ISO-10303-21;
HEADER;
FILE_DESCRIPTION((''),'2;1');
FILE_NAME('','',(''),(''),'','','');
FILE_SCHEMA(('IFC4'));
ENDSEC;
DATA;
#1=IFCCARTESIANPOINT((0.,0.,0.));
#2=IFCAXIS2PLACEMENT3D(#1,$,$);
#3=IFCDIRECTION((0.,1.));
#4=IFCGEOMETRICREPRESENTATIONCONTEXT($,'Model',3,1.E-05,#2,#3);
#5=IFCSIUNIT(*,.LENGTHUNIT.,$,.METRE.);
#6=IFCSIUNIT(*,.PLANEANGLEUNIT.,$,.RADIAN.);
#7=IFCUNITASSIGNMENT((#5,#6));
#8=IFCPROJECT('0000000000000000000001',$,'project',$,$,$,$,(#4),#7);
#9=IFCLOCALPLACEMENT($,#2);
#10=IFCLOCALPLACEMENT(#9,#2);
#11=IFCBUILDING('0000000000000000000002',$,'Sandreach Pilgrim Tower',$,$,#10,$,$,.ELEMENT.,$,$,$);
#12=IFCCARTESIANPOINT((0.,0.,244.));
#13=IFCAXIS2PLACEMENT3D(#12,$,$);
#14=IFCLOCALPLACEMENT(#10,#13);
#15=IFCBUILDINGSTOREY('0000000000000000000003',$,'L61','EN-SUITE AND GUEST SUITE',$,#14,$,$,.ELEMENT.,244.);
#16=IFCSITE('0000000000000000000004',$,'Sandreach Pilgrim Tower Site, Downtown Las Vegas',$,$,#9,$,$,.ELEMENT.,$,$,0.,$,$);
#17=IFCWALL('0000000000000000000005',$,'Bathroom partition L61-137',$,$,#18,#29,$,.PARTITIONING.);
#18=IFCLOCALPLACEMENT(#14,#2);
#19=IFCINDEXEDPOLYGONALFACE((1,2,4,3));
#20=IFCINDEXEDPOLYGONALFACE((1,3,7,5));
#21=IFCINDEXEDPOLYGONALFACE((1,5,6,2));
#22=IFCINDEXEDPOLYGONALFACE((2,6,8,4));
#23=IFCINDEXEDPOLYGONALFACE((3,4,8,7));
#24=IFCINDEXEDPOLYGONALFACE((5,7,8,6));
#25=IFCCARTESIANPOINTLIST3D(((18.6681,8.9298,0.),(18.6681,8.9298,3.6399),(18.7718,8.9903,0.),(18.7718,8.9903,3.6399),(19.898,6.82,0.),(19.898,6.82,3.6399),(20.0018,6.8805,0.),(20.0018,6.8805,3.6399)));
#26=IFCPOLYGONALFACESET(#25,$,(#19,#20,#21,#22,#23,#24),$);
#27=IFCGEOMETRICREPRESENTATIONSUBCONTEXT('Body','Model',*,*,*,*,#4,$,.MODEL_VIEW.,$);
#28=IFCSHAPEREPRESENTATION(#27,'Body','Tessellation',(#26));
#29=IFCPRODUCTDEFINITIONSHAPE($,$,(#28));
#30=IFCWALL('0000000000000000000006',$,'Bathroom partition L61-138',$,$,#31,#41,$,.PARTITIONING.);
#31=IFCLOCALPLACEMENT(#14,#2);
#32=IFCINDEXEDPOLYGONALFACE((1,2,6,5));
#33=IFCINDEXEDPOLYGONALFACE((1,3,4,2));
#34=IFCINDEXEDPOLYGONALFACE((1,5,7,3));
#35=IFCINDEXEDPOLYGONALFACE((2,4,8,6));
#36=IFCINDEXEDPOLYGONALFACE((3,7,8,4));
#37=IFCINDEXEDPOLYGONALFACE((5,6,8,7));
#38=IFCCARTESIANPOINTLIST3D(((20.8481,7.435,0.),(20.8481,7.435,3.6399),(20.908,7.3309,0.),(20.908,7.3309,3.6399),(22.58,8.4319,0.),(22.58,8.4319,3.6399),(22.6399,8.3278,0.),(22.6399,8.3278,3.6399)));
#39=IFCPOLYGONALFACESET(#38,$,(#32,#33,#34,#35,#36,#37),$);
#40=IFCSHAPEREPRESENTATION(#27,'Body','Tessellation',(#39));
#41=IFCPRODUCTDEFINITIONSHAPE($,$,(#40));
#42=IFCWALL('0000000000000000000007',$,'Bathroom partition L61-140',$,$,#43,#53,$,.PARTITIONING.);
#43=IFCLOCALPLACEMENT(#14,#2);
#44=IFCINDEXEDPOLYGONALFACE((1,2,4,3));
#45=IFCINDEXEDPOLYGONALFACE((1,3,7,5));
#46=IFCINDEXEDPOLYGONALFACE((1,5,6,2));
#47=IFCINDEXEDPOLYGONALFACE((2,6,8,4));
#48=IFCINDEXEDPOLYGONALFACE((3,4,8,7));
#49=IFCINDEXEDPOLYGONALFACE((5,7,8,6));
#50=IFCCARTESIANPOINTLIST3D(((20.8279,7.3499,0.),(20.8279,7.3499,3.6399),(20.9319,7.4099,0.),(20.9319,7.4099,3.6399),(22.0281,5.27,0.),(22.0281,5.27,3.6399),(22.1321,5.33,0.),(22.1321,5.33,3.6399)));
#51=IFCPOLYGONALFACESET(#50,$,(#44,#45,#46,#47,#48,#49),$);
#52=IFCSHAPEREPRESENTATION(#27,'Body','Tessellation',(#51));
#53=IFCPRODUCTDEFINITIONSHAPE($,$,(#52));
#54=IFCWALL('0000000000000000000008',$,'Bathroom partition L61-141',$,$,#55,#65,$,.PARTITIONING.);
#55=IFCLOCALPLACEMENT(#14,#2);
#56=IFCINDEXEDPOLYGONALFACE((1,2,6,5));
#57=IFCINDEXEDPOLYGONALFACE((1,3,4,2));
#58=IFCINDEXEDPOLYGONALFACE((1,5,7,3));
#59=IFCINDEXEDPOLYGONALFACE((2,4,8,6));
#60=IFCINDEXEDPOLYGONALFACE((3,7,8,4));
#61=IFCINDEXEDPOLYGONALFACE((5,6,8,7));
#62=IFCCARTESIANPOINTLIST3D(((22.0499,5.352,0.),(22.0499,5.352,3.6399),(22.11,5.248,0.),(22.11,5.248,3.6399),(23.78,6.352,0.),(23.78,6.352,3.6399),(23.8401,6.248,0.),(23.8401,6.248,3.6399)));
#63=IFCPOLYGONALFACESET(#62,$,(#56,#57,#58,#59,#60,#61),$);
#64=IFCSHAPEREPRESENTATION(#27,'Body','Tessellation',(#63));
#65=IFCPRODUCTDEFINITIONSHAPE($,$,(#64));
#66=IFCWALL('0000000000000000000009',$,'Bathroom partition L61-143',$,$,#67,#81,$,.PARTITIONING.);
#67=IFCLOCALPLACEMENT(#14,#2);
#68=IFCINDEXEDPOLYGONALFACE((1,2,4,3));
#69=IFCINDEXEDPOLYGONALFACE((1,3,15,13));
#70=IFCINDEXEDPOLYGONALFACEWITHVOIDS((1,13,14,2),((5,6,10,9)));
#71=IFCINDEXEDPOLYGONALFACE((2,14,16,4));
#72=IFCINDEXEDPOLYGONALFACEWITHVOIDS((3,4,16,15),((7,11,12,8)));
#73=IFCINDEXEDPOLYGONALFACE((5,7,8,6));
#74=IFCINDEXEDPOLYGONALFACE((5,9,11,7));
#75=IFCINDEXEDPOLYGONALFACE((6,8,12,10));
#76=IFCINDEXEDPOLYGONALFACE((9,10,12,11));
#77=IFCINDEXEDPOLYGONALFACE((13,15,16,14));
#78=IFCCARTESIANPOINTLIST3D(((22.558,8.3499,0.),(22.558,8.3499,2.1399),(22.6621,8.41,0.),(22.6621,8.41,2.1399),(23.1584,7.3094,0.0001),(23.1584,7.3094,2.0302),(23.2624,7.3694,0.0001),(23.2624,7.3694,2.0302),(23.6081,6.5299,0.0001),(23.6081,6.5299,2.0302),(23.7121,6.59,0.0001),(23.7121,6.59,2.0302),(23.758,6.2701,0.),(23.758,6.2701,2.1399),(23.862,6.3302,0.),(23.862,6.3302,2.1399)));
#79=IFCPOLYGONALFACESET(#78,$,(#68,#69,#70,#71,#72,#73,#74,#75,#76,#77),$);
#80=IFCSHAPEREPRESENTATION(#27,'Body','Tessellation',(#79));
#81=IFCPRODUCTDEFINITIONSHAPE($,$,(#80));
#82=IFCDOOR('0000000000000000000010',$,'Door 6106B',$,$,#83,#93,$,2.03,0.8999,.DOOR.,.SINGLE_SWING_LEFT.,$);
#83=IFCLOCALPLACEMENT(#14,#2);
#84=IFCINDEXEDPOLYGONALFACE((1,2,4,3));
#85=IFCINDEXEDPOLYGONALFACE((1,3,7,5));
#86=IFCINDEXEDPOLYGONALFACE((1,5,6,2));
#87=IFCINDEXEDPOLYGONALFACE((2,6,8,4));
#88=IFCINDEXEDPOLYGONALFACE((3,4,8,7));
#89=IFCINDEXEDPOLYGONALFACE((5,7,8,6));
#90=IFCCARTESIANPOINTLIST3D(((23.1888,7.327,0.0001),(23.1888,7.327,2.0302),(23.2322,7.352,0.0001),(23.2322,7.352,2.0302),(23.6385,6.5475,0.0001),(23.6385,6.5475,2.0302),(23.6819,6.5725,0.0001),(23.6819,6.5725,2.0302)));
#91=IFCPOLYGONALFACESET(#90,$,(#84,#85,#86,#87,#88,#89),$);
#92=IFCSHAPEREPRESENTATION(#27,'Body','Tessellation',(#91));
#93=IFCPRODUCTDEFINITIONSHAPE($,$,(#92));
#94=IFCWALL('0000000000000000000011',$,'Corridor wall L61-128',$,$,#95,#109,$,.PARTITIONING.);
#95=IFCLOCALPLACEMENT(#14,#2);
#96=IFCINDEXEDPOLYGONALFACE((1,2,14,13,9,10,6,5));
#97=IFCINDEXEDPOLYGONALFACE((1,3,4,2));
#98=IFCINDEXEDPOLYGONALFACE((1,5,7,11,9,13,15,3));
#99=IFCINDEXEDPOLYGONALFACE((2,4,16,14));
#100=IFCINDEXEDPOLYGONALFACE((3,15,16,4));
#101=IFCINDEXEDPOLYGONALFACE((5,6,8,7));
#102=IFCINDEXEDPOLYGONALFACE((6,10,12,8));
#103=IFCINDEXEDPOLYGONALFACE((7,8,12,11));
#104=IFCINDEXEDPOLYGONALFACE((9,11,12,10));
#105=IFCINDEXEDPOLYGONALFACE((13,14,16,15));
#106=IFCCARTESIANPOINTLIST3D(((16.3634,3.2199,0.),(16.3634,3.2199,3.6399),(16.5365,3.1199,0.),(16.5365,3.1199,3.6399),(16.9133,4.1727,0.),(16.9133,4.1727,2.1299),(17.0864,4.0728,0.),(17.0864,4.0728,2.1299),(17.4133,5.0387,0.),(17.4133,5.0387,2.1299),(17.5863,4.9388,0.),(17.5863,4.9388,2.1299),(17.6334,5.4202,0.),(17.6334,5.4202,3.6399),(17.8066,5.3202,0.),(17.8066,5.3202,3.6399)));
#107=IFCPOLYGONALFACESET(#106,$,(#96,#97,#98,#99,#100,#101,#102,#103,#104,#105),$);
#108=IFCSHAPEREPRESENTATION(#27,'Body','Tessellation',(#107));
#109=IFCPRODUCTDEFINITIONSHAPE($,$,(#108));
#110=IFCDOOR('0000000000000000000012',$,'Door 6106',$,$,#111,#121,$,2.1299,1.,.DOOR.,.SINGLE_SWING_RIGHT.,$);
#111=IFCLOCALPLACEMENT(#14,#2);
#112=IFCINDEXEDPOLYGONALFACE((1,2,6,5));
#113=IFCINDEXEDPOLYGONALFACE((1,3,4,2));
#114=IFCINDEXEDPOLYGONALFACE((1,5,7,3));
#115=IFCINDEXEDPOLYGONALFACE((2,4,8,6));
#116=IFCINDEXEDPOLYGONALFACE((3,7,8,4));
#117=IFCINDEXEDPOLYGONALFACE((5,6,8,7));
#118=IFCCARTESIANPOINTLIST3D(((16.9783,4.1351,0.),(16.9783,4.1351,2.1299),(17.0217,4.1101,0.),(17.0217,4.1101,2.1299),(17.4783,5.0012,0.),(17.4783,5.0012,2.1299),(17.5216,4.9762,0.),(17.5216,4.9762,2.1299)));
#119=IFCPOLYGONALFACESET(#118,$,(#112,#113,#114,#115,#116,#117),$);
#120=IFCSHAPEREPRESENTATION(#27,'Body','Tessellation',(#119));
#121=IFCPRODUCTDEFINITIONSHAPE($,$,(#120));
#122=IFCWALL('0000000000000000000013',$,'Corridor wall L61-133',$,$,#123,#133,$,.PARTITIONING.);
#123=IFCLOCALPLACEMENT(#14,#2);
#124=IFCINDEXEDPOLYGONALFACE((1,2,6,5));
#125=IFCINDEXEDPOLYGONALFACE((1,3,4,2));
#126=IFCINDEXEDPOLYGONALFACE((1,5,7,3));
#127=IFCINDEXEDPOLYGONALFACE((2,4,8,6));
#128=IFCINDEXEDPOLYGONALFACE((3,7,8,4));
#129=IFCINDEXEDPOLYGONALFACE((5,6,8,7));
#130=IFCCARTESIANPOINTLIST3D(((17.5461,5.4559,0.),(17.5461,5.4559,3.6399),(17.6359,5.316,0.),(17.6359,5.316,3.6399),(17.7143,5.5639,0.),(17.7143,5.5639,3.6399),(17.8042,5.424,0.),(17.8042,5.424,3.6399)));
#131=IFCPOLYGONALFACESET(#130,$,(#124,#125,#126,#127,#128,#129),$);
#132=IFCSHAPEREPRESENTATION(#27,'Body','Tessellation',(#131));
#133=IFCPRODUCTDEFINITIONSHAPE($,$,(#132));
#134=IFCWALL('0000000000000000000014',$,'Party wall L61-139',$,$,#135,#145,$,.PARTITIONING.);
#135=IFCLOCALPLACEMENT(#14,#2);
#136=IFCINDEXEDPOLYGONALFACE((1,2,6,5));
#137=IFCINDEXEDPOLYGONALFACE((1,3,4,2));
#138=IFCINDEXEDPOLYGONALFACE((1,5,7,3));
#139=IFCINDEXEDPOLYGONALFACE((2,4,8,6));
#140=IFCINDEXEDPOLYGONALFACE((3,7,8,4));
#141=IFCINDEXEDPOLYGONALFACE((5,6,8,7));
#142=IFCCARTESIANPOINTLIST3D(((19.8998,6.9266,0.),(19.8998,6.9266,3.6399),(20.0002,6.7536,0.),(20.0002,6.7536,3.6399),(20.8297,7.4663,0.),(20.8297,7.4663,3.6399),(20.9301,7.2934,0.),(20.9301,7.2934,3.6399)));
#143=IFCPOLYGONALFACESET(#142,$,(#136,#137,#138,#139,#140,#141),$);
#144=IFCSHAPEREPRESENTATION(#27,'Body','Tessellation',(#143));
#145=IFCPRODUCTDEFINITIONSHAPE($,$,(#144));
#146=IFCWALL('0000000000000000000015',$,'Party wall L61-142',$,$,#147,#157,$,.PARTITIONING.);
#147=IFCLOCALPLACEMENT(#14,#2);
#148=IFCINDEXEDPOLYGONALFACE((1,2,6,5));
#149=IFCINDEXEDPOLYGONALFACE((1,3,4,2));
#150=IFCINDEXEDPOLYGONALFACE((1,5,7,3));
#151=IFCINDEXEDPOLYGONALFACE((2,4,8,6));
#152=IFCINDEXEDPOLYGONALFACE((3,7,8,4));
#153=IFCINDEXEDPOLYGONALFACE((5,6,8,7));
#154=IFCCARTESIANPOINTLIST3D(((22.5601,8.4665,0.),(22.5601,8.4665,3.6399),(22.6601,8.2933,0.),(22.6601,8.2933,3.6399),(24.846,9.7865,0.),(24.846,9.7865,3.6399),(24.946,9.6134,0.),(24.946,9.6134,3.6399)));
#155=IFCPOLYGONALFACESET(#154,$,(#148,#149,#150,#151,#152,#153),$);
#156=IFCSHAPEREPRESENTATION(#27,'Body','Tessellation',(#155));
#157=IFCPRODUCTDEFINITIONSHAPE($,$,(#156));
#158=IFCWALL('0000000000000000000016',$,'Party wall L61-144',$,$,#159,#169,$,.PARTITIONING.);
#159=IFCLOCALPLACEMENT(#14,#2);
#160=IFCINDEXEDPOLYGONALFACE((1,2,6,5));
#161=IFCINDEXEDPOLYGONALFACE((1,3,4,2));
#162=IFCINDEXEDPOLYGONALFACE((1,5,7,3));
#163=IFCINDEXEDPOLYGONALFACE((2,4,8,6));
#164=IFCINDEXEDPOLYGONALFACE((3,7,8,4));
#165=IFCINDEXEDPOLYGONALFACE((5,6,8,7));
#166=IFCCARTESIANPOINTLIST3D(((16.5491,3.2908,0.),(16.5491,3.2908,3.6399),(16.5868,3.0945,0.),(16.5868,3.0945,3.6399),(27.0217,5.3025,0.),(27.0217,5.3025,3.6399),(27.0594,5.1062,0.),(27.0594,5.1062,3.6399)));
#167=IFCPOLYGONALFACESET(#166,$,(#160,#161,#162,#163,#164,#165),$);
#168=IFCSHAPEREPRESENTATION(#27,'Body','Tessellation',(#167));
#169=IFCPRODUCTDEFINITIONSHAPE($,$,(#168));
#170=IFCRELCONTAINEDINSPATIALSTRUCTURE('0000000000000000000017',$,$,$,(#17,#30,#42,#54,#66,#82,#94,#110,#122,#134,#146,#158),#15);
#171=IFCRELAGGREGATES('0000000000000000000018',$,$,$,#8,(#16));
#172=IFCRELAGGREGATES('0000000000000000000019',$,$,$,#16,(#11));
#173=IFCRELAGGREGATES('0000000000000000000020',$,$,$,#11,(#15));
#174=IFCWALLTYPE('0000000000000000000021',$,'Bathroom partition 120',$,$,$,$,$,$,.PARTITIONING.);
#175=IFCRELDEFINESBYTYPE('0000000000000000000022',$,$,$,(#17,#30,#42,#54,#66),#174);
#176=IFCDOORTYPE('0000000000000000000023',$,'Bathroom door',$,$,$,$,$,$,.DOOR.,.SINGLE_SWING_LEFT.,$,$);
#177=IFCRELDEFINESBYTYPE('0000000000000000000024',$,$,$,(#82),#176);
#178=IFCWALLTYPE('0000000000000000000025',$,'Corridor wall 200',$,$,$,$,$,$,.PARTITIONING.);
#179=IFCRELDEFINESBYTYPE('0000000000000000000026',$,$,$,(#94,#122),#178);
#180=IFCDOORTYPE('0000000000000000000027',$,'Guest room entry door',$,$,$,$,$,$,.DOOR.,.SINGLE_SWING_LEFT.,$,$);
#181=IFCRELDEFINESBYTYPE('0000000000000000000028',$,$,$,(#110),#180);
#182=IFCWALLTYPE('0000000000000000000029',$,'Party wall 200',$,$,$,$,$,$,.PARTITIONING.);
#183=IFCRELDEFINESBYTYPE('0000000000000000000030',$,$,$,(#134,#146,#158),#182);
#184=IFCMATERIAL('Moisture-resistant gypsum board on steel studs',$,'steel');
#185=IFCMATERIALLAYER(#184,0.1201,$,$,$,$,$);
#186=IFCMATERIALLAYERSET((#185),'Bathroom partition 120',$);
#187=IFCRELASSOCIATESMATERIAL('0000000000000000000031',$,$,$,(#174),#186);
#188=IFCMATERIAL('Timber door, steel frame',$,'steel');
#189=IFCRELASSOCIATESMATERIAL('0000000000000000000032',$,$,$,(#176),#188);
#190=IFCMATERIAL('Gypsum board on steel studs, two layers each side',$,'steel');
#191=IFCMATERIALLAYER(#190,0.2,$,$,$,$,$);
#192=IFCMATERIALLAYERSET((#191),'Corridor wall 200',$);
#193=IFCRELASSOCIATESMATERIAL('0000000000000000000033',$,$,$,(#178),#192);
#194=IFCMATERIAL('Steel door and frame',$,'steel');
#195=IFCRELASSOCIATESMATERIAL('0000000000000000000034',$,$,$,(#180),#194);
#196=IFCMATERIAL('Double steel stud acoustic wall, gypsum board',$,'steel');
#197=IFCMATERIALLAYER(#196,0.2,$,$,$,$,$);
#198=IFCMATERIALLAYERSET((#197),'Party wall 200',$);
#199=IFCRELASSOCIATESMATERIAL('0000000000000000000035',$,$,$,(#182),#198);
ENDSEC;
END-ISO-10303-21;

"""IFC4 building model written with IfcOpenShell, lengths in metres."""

from ifc_helpers import new_model, si_unit, direction, frame, frame_2d, origin, place, context, subcontext, project, spatial, rectangle, extrude, material, layer, layer_set, type_object, element, fill, save


model = new_model("IFC4")

# Units and contexts
model_context = context("Model", 3, precision=1e-05, world=origin(), true_north=direction((0.0, 1.0)))
body_context = subcontext(model_context, "Body", "Model", "MODEL_VIEW")
ifc_project = project(units=[si_unit("LENGTHUNIT", "METRE"), si_unit("PLANEANGLEUNIT", "RADIAN")], contexts=[model_context])

# Site, building, storey
site_placement = place(None, origin())
site = spatial("IfcSite", under=ifc_project, at=site_placement, Name="Sandreach Pilgrim Tower Site, Downtown Las Vegas", CompositionType="ELEMENT", RefElevation=0.0)
building_placement = place(site_placement, origin())
building = spatial("IfcBuilding", under=site, at=building_placement, Name="Sandreach Pilgrim Tower", CompositionType="ELEMENT")
storey_placement = place(building_placement, frame((0.0, 0.0, 244.0)))
storey = spatial("IfcBuildingStorey", under=building, at=storey_placement, Name="L61", Description="EN-SUITE AND GUEST SUITE", CompositionType="ELEMENT", Elevation=244.0)

# Shared definitions
ifc_material_1 = material(Name="Moisture-resistant gypsum board on steel studs", Category="steel")
ifc_layer_1 = layer(ifc_material_1, 0.1201)
ifc_layer_set_1 = layer_set([ifc_layer_1], Name="Bathroom partition 120")
wall_type_1 = type_object("IfcWallType", Name="Bathroom partition 120", PredefinedType="PARTITIONING", material=ifc_layer_set_1)

# Shared definitions
ifc_material_2 = material(Name="Timber door, steel frame", Category="steel")
door_type_1 = type_object("IfcDoorType", Name="Bathroom door", OperationType="SINGLE_SWING_LEFT", PredefinedType="DOOR", material=ifc_material_2)

# Walls
wall_1_placement = place(storey_placement, frame((19.95, 6.8501, 0.0), z_axis=(0.0, 0.0, 1.0), x_axis=(-0.503635, 0.863917, 0.0)))
element("IfcWall", 1, at=wall_1_placement, inside=storey, type_object=wall_type_1, Name="Bathroom partition L61-137", PredefinedType="PARTITIONING", context=body_context, shape_type="SweptSolid", body=[
    extrude(rectangle(XDim=2.4421, YDim=0.1201, at=frame_2d((1.2212, 0.0))), origin(), (0.0, 0.0, 1.0), 3.6399),
])
wall_2_placement = place(storey_placement, frame((20.8782, 7.3831, 0.0), z_axis=(0.0, 0.0, 1.0), x_axis=(0.866698, 0.498834, 0.0)))
element("IfcWall", 2, at=wall_2_placement, inside=storey, type_object=wall_type_1, Name="Bathroom partition L61-138", PredefinedType="PARTITIONING", context=body_context, shape_type="SweptSolid", body=[
    extrude(rectangle(XDim=1.9983, YDim=0.1201, at=frame_2d((0.999, 0.0))), origin(), (0.0, 0.0, 1.0), 3.6399),
])
wall_3_placement = place(storey_placement, frame((20.8799, 7.3799, 0.0), z_axis=(0.0, 0.0, 1.0), x_axis=(0.499813, -0.866133, 0.0)))
element("IfcWall", 3, at=wall_3_placement, inside=storey, type_object=wall_type_1, Name="Bathroom partition L61-140", PredefinedType="PARTITIONING", context=body_context, shape_type="SweptSolid", body=[
    extrude(rectangle(XDim=2.4014, YDim=0.1201, at=frame_2d((1.2007, 0.0))), origin(), (0.0, 0.0, 1.0), 3.6399),
])
wall_4_placement = place(storey_placement, frame((22.0801, 5.3, 0.0), z_axis=(0.0, 0.0, 1.0), x_axis=(0.865766, 0.500449, 0.0)))
element("IfcWall", 4, at=wall_4_placement, inside=storey, type_object=wall_type_1, Name="Bathroom partition L61-141", PredefinedType="PARTITIONING", context=body_context, shape_type="SweptSolid", body=[
    extrude(rectangle(XDim=1.9983, YDim=0.1201, at=frame_2d((0.999, 0.0))), origin(), (0.0, 0.0, 1.0), 3.6399),
])

# Walls, openings, doors
wall_5_placement = place(storey_placement, frame((23.8101, 6.3, 0.0), z_axis=(0.0, 0.0, 1.0), x_axis=(-0.499737, 0.866177, 0.0)))
wall_5 = element("IfcWall", 5, at=wall_5_placement, inside=storey, type_object=wall_type_1, Name="Bathroom partition L61-143", PredefinedType="PARTITIONING", context=body_context, shape_type="SweptSolid", body=[
    extrude(rectangle(XDim=2.4011, YDim=0.1201, at=frame_2d((1.2007, 0.0))), origin(), (0.0, 0.0, 1.0), 2.1399),
])
opening_1_placement = place(wall_5_placement, frame((0.3, 0.0, 0.0)))
opening_1 = element("IfcOpeningElement", 6, at=opening_1_placement, cuts=wall_5, PredefinedType="OPENING", context=body_context, shape_type="SweptSolid", body=[
    extrude(rectangle(XDim=0.8999, YDim=2.03, at=frame_2d((0.45, 1.0151))), frame((0.0, 0.0601, 0.0), z_axis=(0.0, -1.0, 0.0), x_axis=(1.0, 0.0, 0.0)), (0.0, 0.0, 1.0), 0.1201),
])
door_1_placement = place(opening_1_placement, origin())
door_1 = element("IfcDoor", 7, at=door_1_placement, inside=storey, type_object=door_type_1, Name="Door 6106B", OperationType="SINGLE_SWING_LEFT", OverallHeight=2.03, OverallWidth=0.8999, PredefinedType="DOOR", context=body_context, shape_type="SweptSolid", body=[
    extrude(rectangle(XDim=0.8999, YDim=2.03, at=frame_2d((0.45, 1.0151))), frame((0.0, 0.0249, 0.0), z_axis=(0.0, -1.0, 0.0), x_axis=(1.0, 0.0, 0.0)), (0.0, 0.0, 1.0), 0.05),
])
fill(opening_1, door_1)
ifc_material_3 = material(Name="Gypsum board on steel studs, two layers each side", Category="steel")
ifc_layer_2 = layer(ifc_material_3, 0.2)
ifc_layer_set_2 = layer_set([ifc_layer_2], Name="Corridor wall 200")
wall_type_2 = type_object("IfcWallType", Name="Corridor wall 200", PredefinedType="PARTITIONING", material=ifc_layer_set_2)
wall_6_placement = place(storey_placement, frame((16.45, 3.1699, 0.0), z_axis=(0.0, 0.0, 1.0), x_axis=(0.499922, 0.86607, 0.0)))
wall_6 = element("IfcWall", 8, at=wall_6_placement, inside=storey, type_object=wall_type_2, Name="Corridor wall L61-128", PredefinedType="PARTITIONING", context=body_context, shape_type="SweptSolid", body=[
    extrude(rectangle(XDim=2.5405, YDim=0.2, at=frame_2d((1.2703, 0.0))), origin(), (0.0, 0.0, 1.0), 3.6399),
])
opening_2_placement = place(wall_6_placement, frame((1.1001, 0.0, 0.0)))
opening_2 = element("IfcOpeningElement", 9, at=opening_2_placement, cuts=wall_6, PredefinedType="OPENING", context=body_context, shape_type="SweptSolid", body=[
    extrude(rectangle(XDim=1.0, YDim=2.1299, at=frame_2d((0.5, 1.0649))), frame((0.0, 0.1001, 0.0), z_axis=(0.0, -1.0, 0.0), x_axis=(1.0, 0.0, 0.0)), (0.0, 0.0, 1.0), 0.2),
])
ifc_material_4 = material(Name="Steel door and frame", Category="steel")
door_type_2 = type_object("IfcDoorType", Name="Guest room entry door", OperationType="SINGLE_SWING_LEFT", PredefinedType="DOOR", material=ifc_material_4)
door_2_placement = place(opening_2_placement, origin())
door_2 = element("IfcDoor", 10, at=door_2_placement, inside=storey, type_object=door_type_2, Name="Door 6106", OperationType="SINGLE_SWING_RIGHT", OverallHeight=2.1299, OverallWidth=1.0, PredefinedType="DOOR", context=body_context, shape_type="SweptSolid", body=[
    extrude(rectangle(XDim=1.0, YDim=2.1299, at=frame_2d((0.5, 1.0649))), frame((0.0, 0.0249, 0.0), z_axis=(0.0, -1.0, 0.0), x_axis=(1.0, 0.0, 0.0)), (0.0, 0.0, 1.0), 0.05),
])
fill(opening_2, door_2)

# Walls
wall_7_placement = place(storey_placement, frame((17.72, 5.3701, 0.0), z_axis=(0.0, 0.0, 1.0), x_axis=(-0.540386, 0.841417, 0.0)))
element("IfcWall", 11, at=wall_7_placement, inside=storey, type_object=wall_type_2, Name="Corridor wall L61-133", PredefinedType="PARTITIONING", context=body_context, shape_type="SweptSolid", body=[
    extrude(rectangle(XDim=0.1663, YDim=0.2, at=frame_2d((0.083, 0.0))), origin(), (0.0, 0.0, 1.0), 3.6399),
])
ifc_material_5 = material(Name="Double steel stud acoustic wall, gypsum board", Category="steel")
ifc_layer_3 = layer(ifc_material_5, 0.2)
ifc_layer_set_3 = layer_set([ifc_layer_3], Name="Party wall 200")
wall_type_3 = type_object("IfcWallType", Name="Party wall 200", PredefinedType="PARTITIONING", material=ifc_layer_set_3)
wall_8_placement = place(storey_placement, frame((20.8799, 7.3799, 0.0), z_axis=(0.0, 0.0, 1.0), x_axis=(-0.864856, -0.50202, 0.0)))
element("IfcWall", 12, at=wall_8_placement, inside=storey, type_object=wall_type_3, Name="Party wall L61-139", PredefinedType="PARTITIONING", context=body_context, shape_type="SweptSolid", body=[
    extrude(rectangle(XDim=1.0752, YDim=0.2, at=frame_2d((0.5376, 0.0))), origin(), (0.0, 0.0, 1.0), 3.6399),
])
wall_9_placement = place(storey_placement, frame((22.6101, 8.3799, 0.0), z_axis=(0.0, 0.0, 1.0), x_axis=(0.865975, 0.500088, 0.0)))
element("IfcWall", 13, at=wall_9_placement, inside=storey, type_object=wall_type_3, Name="Party wall L61-142", PredefinedType="PARTITIONING", context=body_context, shape_type="SweptSolid", body=[
    extrude(rectangle(XDim=2.6396, YDim=0.2, at=frame_2d((1.3198, 0.0))), origin(), (0.0, 0.0, 1.0), 3.6399),
])
wall_10_placement = place(storey_placement, frame((27.0405, 5.2043, 0.0), z_axis=(0.0, 0.0, 1.0), x_axis=(-0.982046, -0.188644, 0.0)))
element("IfcWall", 14, at=wall_10_placement, inside=storey, type_object=wall_type_3, Name="Party wall L61-144", PredefinedType="PARTITIONING", context=body_context, shape_type="SweptSolid", body=[
    extrude(rectangle(XDim=10.6641, YDim=0.2, at=frame_2d((5.332, 0.0))), origin(), (0.0, 0.0, 1.0), 3.6399),
])

save(model, "model.ifc")
